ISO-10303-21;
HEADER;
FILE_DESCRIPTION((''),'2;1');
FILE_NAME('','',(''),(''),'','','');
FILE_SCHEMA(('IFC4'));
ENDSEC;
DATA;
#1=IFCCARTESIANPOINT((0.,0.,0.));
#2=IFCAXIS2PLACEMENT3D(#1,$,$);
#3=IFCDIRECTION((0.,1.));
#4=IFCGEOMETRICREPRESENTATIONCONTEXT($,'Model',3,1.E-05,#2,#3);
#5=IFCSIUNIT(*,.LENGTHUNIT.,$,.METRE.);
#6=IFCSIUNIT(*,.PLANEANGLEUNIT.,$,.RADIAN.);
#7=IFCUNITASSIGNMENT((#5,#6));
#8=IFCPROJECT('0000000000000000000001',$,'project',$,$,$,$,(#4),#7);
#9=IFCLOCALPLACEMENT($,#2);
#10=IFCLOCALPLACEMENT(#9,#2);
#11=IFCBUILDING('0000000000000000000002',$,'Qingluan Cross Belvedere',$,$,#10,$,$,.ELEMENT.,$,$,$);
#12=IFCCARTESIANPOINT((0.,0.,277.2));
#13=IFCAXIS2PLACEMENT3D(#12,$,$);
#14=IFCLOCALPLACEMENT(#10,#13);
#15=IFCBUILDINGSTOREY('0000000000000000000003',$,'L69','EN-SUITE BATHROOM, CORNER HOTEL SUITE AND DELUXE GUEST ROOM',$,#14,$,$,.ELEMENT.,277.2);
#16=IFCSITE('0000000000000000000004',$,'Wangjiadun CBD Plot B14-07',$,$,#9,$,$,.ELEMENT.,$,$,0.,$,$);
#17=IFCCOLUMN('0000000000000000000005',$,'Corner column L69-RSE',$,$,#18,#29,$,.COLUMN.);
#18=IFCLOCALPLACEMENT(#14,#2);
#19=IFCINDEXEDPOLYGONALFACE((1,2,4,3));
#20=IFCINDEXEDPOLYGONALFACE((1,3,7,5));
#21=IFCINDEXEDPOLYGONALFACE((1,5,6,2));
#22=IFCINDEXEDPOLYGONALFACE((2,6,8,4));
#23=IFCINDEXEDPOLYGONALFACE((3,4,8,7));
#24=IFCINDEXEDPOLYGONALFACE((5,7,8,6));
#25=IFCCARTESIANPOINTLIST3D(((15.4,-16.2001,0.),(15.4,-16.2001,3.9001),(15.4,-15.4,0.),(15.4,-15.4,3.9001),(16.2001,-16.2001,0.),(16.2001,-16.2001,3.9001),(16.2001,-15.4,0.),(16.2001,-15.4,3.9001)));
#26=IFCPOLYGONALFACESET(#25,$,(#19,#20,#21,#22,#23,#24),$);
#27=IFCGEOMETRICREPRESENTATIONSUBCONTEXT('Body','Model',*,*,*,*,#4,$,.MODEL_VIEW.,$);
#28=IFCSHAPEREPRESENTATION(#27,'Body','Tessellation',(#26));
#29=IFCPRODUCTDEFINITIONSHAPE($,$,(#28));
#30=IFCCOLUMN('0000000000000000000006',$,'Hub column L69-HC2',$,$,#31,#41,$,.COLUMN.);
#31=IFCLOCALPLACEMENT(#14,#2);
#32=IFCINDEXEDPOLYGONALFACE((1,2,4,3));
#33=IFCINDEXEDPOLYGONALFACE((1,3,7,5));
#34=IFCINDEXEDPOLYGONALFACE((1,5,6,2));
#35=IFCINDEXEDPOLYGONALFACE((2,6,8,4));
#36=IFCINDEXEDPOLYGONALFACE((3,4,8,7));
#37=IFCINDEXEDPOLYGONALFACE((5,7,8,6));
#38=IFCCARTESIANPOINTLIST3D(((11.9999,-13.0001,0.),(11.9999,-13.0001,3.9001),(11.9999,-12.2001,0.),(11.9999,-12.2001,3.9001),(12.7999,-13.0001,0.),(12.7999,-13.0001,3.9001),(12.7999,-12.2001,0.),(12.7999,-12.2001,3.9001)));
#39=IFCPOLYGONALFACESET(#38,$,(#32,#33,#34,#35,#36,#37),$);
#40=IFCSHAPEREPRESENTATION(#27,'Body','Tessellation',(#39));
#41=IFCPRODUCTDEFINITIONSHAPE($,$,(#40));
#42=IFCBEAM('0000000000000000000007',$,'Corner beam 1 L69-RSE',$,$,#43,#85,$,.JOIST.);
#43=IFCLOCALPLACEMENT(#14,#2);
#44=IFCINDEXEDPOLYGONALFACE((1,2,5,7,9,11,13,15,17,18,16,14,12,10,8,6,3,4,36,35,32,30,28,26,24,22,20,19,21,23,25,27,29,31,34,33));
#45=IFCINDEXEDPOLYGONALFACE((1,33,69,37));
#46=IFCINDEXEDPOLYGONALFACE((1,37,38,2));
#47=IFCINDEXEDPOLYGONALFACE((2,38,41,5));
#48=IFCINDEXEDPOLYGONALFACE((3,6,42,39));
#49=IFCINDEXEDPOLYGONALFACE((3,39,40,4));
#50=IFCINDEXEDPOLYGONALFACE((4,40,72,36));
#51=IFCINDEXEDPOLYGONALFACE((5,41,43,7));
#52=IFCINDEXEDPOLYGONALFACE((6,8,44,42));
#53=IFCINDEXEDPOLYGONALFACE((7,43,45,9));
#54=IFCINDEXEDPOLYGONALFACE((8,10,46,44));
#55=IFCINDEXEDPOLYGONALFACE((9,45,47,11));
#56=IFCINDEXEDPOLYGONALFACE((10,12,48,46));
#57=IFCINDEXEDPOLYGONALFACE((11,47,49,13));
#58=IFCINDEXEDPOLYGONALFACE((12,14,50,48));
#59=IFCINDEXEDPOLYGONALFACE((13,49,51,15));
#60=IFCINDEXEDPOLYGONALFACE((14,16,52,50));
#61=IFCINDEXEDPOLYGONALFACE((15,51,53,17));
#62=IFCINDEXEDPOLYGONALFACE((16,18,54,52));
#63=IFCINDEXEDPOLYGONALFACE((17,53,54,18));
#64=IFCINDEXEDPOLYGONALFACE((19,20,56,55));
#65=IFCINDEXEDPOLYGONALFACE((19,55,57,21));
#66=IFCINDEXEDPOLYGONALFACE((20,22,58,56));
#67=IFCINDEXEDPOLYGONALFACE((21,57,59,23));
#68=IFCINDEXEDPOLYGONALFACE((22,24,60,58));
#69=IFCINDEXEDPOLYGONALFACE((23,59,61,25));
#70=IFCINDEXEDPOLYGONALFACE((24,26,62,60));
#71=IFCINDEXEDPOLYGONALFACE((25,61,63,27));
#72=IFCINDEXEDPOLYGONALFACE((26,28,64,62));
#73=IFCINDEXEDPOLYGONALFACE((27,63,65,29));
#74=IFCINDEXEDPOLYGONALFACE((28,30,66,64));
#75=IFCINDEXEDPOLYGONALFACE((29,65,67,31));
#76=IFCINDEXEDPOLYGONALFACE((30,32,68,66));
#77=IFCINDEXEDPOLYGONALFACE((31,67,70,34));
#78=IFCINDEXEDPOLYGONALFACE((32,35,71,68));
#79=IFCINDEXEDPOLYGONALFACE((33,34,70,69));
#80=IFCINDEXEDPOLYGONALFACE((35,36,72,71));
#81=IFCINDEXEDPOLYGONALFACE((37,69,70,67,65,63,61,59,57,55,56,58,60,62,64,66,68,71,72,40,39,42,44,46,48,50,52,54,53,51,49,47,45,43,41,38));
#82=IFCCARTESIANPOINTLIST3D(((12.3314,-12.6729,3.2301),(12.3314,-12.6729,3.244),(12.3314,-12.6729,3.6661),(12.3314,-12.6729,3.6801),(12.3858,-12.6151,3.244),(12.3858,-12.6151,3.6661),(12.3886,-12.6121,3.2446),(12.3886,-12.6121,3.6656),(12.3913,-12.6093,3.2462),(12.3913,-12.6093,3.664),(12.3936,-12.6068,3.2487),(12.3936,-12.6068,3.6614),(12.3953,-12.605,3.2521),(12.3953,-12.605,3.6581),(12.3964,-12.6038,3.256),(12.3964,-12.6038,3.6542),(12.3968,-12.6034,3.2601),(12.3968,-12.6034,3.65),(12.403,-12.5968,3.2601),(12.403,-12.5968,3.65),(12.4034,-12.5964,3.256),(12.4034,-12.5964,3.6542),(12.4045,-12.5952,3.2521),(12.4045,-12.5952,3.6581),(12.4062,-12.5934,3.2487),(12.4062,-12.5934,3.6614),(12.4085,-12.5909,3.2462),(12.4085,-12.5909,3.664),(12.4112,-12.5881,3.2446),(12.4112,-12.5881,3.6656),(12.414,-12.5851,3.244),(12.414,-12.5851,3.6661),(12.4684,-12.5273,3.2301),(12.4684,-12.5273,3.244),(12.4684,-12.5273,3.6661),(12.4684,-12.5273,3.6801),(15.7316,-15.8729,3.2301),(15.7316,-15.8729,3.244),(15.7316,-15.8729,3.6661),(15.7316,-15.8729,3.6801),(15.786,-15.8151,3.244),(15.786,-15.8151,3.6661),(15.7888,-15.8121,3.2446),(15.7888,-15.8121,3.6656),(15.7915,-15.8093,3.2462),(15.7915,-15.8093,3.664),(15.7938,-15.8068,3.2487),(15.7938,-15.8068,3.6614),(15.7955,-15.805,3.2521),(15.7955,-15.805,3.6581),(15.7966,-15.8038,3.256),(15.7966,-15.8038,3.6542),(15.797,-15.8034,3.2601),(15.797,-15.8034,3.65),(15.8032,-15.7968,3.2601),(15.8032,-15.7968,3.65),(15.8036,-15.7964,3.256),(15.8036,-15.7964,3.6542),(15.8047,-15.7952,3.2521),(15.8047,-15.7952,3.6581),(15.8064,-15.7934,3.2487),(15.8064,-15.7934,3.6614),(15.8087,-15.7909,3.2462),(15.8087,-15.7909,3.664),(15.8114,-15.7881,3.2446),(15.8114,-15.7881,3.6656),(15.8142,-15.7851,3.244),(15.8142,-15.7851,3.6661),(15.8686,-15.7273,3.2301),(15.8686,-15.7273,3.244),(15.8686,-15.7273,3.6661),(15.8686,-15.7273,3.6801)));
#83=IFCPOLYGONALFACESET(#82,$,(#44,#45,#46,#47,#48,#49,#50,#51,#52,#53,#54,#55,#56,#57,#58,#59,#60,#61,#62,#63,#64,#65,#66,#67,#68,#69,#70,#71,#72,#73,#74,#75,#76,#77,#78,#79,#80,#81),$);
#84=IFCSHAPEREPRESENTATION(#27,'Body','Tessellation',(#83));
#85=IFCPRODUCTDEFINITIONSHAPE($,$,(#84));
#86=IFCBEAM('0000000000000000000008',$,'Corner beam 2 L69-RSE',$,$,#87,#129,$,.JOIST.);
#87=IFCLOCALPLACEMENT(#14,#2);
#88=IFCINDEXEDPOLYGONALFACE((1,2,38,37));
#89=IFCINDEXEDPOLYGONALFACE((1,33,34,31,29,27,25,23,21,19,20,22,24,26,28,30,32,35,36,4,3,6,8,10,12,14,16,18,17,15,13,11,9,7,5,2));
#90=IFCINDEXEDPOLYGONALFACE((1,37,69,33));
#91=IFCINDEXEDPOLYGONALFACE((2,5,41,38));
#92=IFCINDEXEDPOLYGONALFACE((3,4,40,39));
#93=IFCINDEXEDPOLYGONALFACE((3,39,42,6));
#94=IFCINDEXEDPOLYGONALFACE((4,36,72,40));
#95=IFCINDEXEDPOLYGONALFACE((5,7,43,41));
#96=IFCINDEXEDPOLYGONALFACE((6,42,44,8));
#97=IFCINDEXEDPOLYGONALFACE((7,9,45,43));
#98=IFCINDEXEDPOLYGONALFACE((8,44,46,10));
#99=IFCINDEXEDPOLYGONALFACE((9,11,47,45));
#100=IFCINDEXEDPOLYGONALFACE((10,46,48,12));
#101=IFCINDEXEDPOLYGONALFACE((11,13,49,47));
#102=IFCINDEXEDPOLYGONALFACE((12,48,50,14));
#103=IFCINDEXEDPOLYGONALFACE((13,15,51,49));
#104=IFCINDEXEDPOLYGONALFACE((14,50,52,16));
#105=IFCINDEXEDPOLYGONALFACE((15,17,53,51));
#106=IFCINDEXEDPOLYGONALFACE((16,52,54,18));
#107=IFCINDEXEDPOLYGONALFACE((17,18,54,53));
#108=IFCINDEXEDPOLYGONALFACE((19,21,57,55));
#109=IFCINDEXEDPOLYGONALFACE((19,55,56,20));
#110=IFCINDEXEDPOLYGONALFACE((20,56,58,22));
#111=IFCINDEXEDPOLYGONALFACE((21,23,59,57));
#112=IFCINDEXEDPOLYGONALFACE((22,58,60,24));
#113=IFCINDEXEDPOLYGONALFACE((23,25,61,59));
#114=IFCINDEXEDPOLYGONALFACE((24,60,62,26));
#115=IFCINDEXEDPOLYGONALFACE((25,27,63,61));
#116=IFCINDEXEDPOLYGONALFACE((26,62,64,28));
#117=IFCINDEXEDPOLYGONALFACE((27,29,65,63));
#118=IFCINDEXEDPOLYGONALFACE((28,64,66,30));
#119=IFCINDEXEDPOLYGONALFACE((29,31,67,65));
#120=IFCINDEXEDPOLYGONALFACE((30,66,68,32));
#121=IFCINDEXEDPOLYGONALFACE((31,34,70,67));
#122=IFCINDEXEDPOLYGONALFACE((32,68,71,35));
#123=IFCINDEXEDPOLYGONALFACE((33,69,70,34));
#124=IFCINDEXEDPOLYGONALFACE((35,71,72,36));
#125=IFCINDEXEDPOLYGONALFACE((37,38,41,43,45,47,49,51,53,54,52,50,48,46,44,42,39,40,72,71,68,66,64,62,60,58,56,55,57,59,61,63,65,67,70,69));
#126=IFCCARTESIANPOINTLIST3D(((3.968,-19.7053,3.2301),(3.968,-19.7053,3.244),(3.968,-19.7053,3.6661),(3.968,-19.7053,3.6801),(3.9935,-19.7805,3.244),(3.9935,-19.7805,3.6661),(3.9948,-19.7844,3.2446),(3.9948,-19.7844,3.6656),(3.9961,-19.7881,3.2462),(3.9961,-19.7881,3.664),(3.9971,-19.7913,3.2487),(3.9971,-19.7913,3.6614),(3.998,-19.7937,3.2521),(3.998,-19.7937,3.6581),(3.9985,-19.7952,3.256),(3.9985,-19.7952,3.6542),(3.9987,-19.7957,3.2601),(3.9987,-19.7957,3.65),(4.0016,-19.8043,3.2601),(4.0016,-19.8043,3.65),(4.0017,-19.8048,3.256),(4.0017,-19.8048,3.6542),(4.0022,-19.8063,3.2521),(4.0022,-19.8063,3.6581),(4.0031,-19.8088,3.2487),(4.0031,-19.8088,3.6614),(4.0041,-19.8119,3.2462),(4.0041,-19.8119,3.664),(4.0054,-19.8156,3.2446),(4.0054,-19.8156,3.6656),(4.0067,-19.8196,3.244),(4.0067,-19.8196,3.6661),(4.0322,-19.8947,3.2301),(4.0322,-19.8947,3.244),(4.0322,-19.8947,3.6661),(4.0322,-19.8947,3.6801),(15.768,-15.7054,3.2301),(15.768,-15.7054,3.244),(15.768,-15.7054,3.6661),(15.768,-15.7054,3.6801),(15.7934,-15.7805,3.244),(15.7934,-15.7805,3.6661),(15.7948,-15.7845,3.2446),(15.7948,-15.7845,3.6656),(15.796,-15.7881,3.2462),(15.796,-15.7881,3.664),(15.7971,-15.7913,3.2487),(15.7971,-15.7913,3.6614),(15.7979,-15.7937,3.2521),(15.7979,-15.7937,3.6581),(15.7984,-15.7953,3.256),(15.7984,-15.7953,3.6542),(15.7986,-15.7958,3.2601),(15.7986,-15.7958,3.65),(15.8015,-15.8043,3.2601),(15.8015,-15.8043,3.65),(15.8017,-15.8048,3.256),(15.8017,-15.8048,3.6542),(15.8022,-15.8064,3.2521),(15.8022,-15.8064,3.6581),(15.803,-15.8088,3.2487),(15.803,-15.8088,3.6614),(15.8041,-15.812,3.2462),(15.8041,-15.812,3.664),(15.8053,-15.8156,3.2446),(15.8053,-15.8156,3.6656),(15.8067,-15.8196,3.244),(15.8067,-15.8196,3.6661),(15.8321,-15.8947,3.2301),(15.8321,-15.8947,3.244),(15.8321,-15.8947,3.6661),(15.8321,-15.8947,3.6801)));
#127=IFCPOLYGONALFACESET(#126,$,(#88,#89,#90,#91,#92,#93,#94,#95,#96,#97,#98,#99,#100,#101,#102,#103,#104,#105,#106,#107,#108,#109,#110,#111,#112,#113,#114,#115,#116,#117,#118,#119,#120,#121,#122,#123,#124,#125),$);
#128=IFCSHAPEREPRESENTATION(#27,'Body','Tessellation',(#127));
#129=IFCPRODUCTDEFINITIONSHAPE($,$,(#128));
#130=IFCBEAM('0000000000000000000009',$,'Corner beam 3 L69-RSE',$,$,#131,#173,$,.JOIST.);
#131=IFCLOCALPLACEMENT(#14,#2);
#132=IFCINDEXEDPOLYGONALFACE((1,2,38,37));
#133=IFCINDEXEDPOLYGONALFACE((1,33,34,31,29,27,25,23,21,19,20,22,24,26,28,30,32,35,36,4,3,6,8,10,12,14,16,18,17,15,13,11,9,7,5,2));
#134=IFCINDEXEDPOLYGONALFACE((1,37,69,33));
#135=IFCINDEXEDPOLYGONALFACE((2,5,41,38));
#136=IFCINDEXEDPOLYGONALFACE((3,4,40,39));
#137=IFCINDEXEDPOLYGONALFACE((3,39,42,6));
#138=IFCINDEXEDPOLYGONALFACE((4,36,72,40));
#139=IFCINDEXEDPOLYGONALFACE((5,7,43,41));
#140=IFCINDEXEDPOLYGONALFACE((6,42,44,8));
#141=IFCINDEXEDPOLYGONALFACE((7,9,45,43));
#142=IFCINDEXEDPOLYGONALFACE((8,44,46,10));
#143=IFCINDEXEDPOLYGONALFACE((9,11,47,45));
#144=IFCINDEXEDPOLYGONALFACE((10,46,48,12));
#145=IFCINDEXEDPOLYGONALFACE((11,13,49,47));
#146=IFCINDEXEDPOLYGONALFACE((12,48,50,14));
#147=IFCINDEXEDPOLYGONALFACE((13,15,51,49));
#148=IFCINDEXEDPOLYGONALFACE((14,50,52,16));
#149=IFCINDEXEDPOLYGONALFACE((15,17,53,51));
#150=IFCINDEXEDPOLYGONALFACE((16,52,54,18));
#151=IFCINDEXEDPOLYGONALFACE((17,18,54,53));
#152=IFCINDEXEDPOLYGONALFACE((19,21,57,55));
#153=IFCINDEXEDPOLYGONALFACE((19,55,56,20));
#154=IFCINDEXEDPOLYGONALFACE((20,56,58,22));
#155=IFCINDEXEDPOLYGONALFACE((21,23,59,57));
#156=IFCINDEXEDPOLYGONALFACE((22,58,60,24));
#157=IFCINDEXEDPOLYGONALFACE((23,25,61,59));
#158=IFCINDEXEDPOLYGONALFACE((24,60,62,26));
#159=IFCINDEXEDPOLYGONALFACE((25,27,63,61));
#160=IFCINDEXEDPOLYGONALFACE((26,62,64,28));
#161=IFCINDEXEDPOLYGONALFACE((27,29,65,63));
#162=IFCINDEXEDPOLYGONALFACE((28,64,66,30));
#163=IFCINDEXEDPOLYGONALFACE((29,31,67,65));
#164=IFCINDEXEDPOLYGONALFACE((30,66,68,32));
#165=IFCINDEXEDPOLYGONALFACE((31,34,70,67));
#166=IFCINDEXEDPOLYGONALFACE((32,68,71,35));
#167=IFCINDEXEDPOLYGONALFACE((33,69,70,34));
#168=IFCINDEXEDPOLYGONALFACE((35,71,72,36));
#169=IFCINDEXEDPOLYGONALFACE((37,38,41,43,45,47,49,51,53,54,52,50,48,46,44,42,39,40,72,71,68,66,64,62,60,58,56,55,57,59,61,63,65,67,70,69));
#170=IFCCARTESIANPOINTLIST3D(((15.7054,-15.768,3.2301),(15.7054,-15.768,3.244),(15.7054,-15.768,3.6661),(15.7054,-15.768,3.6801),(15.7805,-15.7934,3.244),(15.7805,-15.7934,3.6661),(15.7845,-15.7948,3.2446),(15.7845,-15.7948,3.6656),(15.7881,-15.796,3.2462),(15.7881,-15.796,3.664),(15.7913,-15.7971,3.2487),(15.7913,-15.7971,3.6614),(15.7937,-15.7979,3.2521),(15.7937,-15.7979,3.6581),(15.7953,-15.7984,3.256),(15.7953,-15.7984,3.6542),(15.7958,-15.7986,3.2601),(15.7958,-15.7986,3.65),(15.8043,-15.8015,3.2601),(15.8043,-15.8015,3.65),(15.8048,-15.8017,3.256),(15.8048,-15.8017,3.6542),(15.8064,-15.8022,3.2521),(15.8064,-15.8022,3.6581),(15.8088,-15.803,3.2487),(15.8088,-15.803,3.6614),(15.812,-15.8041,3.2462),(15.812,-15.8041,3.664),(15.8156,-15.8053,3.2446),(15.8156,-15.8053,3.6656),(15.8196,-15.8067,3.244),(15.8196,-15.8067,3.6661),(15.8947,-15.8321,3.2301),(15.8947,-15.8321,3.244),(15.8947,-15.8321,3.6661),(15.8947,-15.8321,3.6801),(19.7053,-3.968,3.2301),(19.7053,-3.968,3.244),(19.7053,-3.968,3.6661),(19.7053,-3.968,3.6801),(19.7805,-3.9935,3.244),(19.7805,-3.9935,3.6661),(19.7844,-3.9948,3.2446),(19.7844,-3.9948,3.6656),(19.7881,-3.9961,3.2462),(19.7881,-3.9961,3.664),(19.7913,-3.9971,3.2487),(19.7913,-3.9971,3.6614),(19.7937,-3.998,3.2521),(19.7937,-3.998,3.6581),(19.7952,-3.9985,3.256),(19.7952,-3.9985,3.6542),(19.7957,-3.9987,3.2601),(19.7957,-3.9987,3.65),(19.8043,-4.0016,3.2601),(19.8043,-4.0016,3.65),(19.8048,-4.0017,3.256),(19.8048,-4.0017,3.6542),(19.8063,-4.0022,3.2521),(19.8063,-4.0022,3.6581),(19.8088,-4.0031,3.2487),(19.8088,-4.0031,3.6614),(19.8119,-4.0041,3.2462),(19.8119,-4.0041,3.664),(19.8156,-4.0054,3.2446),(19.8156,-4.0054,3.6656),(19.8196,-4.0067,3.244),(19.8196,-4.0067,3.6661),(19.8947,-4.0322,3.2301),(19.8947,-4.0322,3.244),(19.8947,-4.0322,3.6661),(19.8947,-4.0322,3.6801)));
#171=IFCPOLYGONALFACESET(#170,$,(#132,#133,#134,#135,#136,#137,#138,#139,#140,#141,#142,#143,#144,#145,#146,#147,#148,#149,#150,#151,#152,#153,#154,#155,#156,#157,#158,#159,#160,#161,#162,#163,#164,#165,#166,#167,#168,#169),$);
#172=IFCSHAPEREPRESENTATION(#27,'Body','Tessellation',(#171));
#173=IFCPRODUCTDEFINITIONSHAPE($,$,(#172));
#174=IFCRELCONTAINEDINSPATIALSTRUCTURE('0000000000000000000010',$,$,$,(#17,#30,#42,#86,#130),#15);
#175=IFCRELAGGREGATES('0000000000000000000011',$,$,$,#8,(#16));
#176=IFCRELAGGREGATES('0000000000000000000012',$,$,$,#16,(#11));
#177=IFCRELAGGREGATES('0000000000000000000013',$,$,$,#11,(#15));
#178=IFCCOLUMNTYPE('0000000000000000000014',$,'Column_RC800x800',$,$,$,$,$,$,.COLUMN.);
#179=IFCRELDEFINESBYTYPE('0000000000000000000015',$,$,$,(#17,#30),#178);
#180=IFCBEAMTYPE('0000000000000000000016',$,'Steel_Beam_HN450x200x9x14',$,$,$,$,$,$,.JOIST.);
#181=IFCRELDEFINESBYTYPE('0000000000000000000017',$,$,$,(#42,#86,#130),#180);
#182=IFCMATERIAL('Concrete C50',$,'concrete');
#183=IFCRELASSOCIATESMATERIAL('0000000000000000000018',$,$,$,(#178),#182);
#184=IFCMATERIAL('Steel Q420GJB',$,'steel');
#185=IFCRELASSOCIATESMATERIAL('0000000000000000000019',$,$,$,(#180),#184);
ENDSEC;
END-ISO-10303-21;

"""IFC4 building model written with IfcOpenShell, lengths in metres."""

from ifc_helpers import new_model, si_unit, direction, frame, origin, origin_2d, place, context, subcontext, project, spatial, rectangle, i_section, extrude, material, material_profile, profile_set, type_object, element, save


model = new_model("IFC4")

# Units and contexts
model_context = context("Model", 3, precision=1e-05, world=origin(), true_north=direction((0.0, 1.0)))
body_context = subcontext(model_context, "Body", "Model", "MODEL_VIEW")
ifc_project = project(units=[si_unit("LENGTHUNIT", "METRE"), si_unit("PLANEANGLEUNIT", "RADIAN")], contexts=[model_context])

# Site, building, storey
site_placement = place(None, origin())
site = spatial("IfcSite", under=ifc_project, at=site_placement, Name="Wangjiadun CBD Plot B14-07", CompositionType="ELEMENT", RefElevation=0.0)
building_placement = place(site_placement, origin())
building = spatial("IfcBuilding", under=site, at=building_placement, Name="Qingluan Cross Belvedere", CompositionType="ELEMENT")
storey_placement = place(building_placement, frame((0.0, 0.0, 277.2)))
storey = spatial("IfcBuildingStorey", under=building, at=storey_placement, Name="L69", Description="EN-SUITE BATHROOM, CORNER HOTEL SUITE AND DELUXE GUEST ROOM", CompositionType="ELEMENT", Elevation=277.2)

# Columns
ifc_material_1 = material(Name="Concrete C50", Category="concrete")
ifc_material_profile_1 = material_profile(ifc_material_1, rectangle(XDim=0.8, YDim=0.8, at=origin_2d()), Name="RC800x800")
ifc_profile_set_1 = profile_set([ifc_material_profile_1], Name="Concrete C50")
column_type = type_object("IfcColumnType", Name="Column_RC800x800", PredefinedType="COLUMN", material=ifc_profile_set_1)
for number, where, z_axis, x_axis, name in (
    (1, (15.8, -15.8, 0.0), (0.0, 0.0, 1.0), (1.0, 0.0, 0.0), "Corner column L69-RSE"),
    (2, (12.3999, -12.6001, 0.0), (0.0, 0.0, 1.0), (1.0, 0.0, 0.0), "Hub column L69-HC2"),
):
    element("IfcColumn", number, at=place(storey_placement, frame(where, z_axis=z_axis, x_axis=x_axis)), inside=storey, type_object=column_type, Name=name, PredefinedType="COLUMN", context=body_context, shape_type="SweptSolid", body=[
        extrude(rectangle(XDim=0.8, YDim=0.8, at=origin_2d()), origin(), (0.0, 0.0, 1.0), 3.9001),
    ])

# Beams
ifc_material_2 = material(Name="Steel Q420GJB", Category="steel")
ifc_material_profile_2 = material_profile(ifc_material_2, i_section(OverallWidth=0.2, OverallDepth=0.45, WebThickness=0.009, FlangeThickness=0.0139, FilletRadius=0.0161, at=origin_2d()), Name="HN450x200x9x14")
ifc_profile_set_2 = profile_set([ifc_material_profile_2], Name="Steel Q420GJB")
beam_type_1 = type_object("IfcBeamType", Name="Steel_Beam_HN450x200x9x14", PredefinedType="JOIST", material=ifc_profile_set_2)
beam_1_placement = place(storey_placement, frame((12.3999, -12.6001, 3.4551), z_axis=(0.72822, -0.685343, 0.0), x_axis=(0.685343, 0.72822, 0.0)))
element("IfcBeam", 3, at=beam_1_placement, inside=storey, type_object=beam_type_1, Name="Corner beam 1 L69-RSE", PredefinedType="JOIST", context=body_context, shape_type="SweptSolid", body=[
    extrude(i_section(OverallWidth=0.2, OverallDepth=0.45, WebThickness=0.009, FlangeThickness=0.0139, FilletRadius=0.0161, at=origin_2d()), origin(), (0.0, 0.0, 1.0), 4.6692),
])
for number, where, z_axis, x_axis, name in (
    (4, (15.8, -15.8, 3.4551), (-0.947066, -0.321038, 0.0), (0.321038, -0.947066, 0.0), "Corner beam 2 L69-RSE"),
    (5, (15.8, -15.8, 3.4551), (0.321038, 0.947066, 0.0), (-0.947066, 0.321038, 0.0), "Corner beam 3 L69-RSE"),
):
    element("IfcBeam", number, at=place(storey_placement, frame(where, z_axis=z_axis, x_axis=x_axis)), inside=storey, type_object=beam_type_1, Name=name, PredefinedType="JOIST", context=body_context, shape_type="SweptSolid", body=[
        extrude(i_section(OverallWidth=0.2, OverallDepth=0.45, WebThickness=0.009, FlangeThickness=0.0139, FilletRadius=0.0161, at=origin_2d()), origin(), (0.0, 0.0, 1.0), 12.4595),
    ])

save(model, "model.ifc")
